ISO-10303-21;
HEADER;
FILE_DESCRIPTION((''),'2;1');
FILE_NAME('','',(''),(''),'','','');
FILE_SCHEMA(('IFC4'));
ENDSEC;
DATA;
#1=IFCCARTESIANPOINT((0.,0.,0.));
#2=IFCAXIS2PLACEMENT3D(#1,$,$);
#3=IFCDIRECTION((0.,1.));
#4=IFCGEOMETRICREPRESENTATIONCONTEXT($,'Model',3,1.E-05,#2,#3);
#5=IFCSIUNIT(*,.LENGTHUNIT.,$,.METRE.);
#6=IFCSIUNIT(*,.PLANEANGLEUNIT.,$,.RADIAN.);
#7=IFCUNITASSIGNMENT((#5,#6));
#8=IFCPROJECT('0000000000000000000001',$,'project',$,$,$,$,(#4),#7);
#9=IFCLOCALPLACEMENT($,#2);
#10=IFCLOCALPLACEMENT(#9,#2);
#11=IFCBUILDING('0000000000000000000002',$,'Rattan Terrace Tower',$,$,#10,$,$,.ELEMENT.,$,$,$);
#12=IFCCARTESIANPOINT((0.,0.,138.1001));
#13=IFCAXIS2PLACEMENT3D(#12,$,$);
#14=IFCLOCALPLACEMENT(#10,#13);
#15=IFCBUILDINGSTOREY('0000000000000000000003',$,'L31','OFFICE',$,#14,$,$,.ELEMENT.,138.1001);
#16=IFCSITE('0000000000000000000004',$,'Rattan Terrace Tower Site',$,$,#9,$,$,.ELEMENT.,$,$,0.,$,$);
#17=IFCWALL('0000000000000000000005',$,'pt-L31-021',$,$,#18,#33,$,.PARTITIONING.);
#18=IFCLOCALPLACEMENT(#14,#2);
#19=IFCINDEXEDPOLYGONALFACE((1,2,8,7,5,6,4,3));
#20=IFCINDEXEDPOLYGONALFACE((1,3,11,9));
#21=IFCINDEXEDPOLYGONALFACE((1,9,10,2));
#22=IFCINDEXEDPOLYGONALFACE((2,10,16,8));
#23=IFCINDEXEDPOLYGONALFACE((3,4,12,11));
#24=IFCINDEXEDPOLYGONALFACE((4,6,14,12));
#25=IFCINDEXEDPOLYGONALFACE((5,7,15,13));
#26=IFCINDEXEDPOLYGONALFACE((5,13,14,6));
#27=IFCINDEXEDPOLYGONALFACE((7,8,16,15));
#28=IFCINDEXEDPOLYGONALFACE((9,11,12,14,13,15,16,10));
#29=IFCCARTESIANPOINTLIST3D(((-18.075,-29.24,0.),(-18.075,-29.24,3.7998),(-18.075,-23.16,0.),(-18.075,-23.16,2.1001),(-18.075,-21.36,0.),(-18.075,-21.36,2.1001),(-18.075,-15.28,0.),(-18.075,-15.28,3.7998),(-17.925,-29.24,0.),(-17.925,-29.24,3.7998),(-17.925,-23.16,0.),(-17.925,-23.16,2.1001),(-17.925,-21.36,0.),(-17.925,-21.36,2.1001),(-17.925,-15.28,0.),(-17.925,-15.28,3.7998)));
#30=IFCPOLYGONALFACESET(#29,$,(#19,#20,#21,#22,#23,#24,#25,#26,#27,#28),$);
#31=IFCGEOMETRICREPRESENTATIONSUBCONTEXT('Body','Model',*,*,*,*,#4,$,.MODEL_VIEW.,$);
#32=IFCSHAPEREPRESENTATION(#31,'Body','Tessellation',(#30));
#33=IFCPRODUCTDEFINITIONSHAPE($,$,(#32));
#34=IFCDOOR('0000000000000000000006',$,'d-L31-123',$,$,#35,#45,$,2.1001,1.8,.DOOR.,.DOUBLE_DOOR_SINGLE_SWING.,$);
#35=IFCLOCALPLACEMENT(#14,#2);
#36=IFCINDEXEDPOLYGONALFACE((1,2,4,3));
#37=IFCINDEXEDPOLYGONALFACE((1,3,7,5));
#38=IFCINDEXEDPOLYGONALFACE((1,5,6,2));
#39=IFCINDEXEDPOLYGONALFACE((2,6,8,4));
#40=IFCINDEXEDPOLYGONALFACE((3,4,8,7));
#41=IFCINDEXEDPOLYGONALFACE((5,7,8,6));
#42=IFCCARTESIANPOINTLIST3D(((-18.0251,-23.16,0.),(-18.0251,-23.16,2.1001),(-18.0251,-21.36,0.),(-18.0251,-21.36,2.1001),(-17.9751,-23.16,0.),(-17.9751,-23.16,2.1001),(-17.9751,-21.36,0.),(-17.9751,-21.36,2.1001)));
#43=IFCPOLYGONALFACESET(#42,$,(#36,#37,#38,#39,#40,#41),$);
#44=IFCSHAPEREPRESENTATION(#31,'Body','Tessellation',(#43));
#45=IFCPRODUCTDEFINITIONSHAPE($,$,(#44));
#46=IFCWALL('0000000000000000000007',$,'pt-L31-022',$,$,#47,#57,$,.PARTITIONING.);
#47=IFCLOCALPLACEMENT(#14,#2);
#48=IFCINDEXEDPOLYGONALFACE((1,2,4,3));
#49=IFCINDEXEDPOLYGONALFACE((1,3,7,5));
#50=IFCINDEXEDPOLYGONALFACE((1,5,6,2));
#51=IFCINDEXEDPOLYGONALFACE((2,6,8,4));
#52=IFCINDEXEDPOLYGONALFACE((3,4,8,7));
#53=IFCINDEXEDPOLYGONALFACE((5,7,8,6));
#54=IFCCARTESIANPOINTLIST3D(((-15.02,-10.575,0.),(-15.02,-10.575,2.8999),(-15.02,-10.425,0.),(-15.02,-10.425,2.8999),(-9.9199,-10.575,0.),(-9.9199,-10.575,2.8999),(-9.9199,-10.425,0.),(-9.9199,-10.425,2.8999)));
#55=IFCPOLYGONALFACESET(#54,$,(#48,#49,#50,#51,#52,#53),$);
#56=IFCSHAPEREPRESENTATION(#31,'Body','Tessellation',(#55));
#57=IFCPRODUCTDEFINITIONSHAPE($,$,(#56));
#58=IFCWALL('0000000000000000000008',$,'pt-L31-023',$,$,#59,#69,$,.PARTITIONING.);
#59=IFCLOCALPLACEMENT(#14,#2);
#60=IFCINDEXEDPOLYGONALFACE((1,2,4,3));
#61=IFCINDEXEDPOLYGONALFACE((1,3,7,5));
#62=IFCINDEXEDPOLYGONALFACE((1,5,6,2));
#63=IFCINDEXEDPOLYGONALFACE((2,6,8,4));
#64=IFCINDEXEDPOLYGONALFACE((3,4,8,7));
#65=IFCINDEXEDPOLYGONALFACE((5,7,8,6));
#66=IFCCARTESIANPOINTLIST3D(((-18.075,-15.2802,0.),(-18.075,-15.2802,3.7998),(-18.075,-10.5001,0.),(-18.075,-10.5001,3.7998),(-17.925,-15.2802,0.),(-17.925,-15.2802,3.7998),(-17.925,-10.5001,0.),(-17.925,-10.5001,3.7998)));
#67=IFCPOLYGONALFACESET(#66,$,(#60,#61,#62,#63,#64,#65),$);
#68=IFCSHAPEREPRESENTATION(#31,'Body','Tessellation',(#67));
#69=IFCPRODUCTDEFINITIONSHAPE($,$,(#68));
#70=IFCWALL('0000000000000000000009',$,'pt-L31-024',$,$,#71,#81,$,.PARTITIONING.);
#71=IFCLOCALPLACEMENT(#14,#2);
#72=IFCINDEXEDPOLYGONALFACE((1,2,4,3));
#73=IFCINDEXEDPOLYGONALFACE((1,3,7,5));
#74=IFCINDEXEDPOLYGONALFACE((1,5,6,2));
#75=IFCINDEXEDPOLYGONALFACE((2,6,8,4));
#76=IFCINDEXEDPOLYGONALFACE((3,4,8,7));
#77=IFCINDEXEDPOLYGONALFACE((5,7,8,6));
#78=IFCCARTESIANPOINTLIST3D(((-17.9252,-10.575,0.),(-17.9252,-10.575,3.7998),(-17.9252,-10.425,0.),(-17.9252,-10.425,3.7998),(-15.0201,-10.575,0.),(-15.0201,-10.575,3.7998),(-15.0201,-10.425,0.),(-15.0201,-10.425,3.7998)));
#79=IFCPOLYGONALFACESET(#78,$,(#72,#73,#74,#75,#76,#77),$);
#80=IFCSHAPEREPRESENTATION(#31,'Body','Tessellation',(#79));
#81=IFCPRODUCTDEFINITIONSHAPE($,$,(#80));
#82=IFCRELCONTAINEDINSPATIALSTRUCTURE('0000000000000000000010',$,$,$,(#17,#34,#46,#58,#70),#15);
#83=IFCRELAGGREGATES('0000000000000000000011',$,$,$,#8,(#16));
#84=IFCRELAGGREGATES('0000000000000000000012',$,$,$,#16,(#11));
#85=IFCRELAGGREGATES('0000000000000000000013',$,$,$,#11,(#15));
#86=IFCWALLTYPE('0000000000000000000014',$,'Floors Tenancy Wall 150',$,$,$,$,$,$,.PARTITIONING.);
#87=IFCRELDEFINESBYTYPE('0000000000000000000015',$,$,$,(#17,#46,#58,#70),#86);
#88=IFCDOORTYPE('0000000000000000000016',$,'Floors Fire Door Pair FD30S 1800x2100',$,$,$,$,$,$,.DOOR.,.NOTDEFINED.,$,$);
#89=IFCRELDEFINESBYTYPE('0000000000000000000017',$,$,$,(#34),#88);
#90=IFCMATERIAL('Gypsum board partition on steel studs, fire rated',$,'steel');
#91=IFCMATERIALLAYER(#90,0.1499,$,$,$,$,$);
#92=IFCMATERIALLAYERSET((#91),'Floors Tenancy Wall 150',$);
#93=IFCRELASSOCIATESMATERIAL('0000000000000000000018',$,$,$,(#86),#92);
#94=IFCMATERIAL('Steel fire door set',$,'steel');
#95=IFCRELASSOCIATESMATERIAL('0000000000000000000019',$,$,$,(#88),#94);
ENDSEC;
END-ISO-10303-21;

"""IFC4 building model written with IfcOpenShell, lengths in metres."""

from ifc_helpers import new_model, si_unit, direction, frame, frame_2d, origin, place, context, subcontext, project, spatial, rectangle, extrude, material, layer, layer_set, type_object, element, fill, save


model = new_model("IFC4")

# Units and contexts
model_context = context("Model", 3, precision=1e-05, world=origin(), true_north=direction((0.0, 1.0)))
body_context = subcontext(model_context, "Body", "Model", "MODEL_VIEW")
ifc_project = project(units=[si_unit("LENGTHUNIT", "METRE"), si_unit("PLANEANGLEUNIT", "RADIAN")], contexts=[model_context])

# Site, building, storey
site_placement = place(None, origin())
site = spatial("IfcSite", under=ifc_project, at=site_placement, Name="Rattan Terrace Tower Site", CompositionType="ELEMENT", RefElevation=0.0)
building_placement = place(site_placement, origin())
building = spatial("IfcBuilding", under=site, at=building_placement, Name="Rattan Terrace Tower", CompositionType="ELEMENT")
storey_placement = place(building_placement, frame((0.0, 0.0, 138.1001)))
storey = spatial("IfcBuildingStorey", under=building, at=storey_placement, Name="L31", Description="OFFICE", CompositionType="ELEMENT", Elevation=138.1001)

# Shared definitions
ifc_material_1 = material(Name="Gypsum board partition on steel studs, fire rated", Category="steel")
ifc_layer_1 = layer(ifc_material_1, 0.1499)
ifc_layer_set_1 = layer_set([ifc_layer_1], Name="Floors Tenancy Wall 150")
wall_type_1 = type_object("IfcWallType", Name="Floors Tenancy Wall 150", PredefinedType="PARTITIONING", material=ifc_layer_set_1)

# Wall, opening, door
wall_1_placement = place(storey_placement, frame((-18.0, -15.28, 0.0), z_axis=(0.0, 0.0, 1.0), x_axis=(0.0, -1.0, 0.0)))
wall_1 = element("IfcWall", 1, at=wall_1_placement, inside=storey, type_object=wall_type_1, Name="pt-L31-021", PredefinedType="PARTITIONING", context=body_context, shape_type="SweptSolid", body=[
    extrude(rectangle(XDim=13.96, YDim=0.1499, at=frame_2d((6.98, 0.0))), origin(), (0.0, 0.0, 1.0), 3.7998),
])
opening_1_placement = place(wall_1_placement, frame((6.0801, 0.0, 0.0)))
opening_1 = element("IfcOpeningElement", 2, at=opening_1_placement, cuts=wall_1, PredefinedType="OPENING", context=body_context, shape_type="SweptSolid", body=[
    extrude(rectangle(XDim=1.8, YDim=2.1001, at=frame_2d((0.8999, 1.05))), frame((0.0, 0.0854, 0.0), z_axis=(0.0, -1.0, 0.0), x_axis=(1.0, 0.0, 0.0)), (0.0, 0.0, 1.0), 0.1709),
])
ifc_material_2 = material(Name="Steel fire door set", Category="steel")
door_type_1 = type_object("IfcDoorType", Name="Floors Fire Door Pair FD30S 1800x2100", OperationType="NOTDEFINED", PredefinedType="DOOR", material=ifc_material_2)
door_1_placement = place(opening_1_placement, origin())
door_1 = element("IfcDoor", 3, at=door_1_placement, inside=storey, type_object=door_type_1, Name="d-L31-123", OperationType="DOUBLE_DOOR_SINGLE_SWING", OverallHeight=2.1001, OverallWidth=1.8, PredefinedType="DOOR", context=body_context, shape_type="SweptSolid", body=[
    extrude(rectangle(XDim=1.8, YDim=2.1001, at=frame_2d((0.8999, 1.05))), frame((0.0, 0.0249, 0.0), z_axis=(0.0, -1.0, 0.0), x_axis=(1.0, 0.0, 0.0)), (0.0, 0.0, 1.0), 0.05),
])
fill(opening_1, door_1)

# Walls
wall_2_placement = place(storey_placement, frame((-9.9199, -10.5, 0.0), z_axis=(0.0, 0.0, 1.0), x_axis=(-1.0, 0.0, 0.0)))
element("IfcWall", 4, at=wall_2_placement, inside=storey, type_object=wall_type_1, Name="pt-L31-022", PredefinedType="PARTITIONING", context=body_context, shape_type="SweptSolid", body=[
    extrude(rectangle(XDim=5.1001, YDim=0.1499, at=frame_2d((2.55, 0.0))), origin(), (0.0, 0.0, 1.0), 2.8999),
])
wall_3_placement = place(storey_placement, frame((-18.0, -10.5, 0.0), z_axis=(0.0, 0.0, 1.0), x_axis=(0.0, -1.0, 0.0)))
element("IfcWall", 5, at=wall_3_placement, inside=storey, type_object=wall_type_1, Name="pt-L31-023", PredefinedType="PARTITIONING", context=body_context, shape_type="SweptSolid", body=[
    extrude(rectangle(XDim=4.78, YDim=0.1499, at=frame_2d((2.3901, 0.0))), origin(), (0.0, 0.0, 1.0), 3.7998),
])
wall_4_placement = place(storey_placement, frame((-15.02, -10.5, 0.0), z_axis=(0.0, 0.0, 1.0), x_axis=(-1.0, 0.0, 0.0)))
element("IfcWall", 6, at=wall_4_placement, inside=storey, type_object=wall_type_1, Name="pt-L31-024", PredefinedType="PARTITIONING", context=body_context, shape_type="SweptSolid", body=[
    extrude(rectangle(XDim=2.905, YDim=0.1499, at=frame_2d((1.4526, 0.0))), origin(), (0.0, 0.0, 1.0), 3.7998),
])

save(model, "model.ifc")
